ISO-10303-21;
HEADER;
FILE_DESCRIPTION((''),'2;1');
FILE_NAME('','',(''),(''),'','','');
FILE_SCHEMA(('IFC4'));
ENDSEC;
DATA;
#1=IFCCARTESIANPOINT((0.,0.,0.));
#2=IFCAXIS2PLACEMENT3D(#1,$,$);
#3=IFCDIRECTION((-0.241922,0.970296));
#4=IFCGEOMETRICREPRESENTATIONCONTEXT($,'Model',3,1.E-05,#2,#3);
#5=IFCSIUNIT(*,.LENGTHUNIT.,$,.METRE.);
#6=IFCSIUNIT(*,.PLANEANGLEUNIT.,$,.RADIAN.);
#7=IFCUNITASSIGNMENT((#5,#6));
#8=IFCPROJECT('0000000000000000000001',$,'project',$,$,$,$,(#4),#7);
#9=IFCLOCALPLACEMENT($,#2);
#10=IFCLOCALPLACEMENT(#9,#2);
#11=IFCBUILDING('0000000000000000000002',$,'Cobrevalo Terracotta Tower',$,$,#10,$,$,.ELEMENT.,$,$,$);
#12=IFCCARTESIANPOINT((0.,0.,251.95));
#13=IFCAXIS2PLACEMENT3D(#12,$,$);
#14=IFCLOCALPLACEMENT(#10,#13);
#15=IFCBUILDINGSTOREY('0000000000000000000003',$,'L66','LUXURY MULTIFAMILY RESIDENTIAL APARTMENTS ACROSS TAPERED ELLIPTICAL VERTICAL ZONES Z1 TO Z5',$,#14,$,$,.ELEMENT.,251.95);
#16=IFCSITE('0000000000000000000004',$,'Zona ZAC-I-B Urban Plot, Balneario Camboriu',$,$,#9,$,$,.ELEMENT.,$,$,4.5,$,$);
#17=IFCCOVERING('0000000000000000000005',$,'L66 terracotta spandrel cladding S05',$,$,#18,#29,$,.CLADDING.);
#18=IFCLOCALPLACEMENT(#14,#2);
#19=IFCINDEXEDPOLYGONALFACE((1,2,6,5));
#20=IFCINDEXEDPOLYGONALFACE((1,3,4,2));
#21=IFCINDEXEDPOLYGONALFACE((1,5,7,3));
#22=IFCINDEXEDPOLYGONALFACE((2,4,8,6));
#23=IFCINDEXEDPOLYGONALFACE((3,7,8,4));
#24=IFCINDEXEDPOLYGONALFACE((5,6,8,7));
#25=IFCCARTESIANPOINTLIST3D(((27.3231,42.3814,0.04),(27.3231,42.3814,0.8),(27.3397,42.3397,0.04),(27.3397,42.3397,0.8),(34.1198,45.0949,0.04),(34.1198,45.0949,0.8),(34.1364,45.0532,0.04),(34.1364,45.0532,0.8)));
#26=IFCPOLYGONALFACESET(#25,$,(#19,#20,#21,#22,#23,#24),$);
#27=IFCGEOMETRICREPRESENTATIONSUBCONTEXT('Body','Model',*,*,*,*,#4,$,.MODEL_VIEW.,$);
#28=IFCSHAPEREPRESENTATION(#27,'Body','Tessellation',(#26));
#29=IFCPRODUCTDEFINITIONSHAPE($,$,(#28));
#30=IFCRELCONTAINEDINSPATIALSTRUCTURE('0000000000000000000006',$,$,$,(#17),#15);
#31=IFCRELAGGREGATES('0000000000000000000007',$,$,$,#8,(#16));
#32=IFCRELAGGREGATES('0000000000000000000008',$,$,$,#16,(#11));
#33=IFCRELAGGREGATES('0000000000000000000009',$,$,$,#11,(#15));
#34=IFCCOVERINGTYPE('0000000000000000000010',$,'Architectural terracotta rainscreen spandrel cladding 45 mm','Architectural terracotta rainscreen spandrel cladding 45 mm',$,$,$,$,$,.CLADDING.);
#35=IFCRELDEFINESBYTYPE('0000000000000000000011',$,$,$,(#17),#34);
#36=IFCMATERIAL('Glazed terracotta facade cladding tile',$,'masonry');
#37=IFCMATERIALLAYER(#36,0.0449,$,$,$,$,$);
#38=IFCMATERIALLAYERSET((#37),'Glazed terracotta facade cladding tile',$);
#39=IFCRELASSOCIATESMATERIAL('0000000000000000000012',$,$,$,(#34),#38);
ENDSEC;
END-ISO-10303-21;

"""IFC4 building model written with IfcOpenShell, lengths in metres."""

from ifc_helpers import new_model, si_unit, direction, frame, origin, origin_2d, place, context, subcontext, project, spatial, rectangle, extrude, source, transform, mapped, material, layer, layer_set, type_object, element, save


model = new_model("IFC4")

# Units and contexts
model_context = context("Model", 3, precision=1e-05, world=origin(), true_north=direction((-0.241922, 0.970296)))
body_context = subcontext(model_context, "Body", "Model", "MODEL_VIEW")
ifc_project = project(units=[si_unit("LENGTHUNIT", "METRE"), si_unit("PLANEANGLEUNIT", "RADIAN")], contexts=[model_context])

# Site, building, storey
site_placement = place(None, origin())
site = spatial("IfcSite", under=ifc_project, at=site_placement, Name="Zona ZAC-I-B Urban Plot, Balneario Camboriu", CompositionType="ELEMENT", RefElevation=4.5)
building_placement = place(site_placement, origin())
building = spatial("IfcBuilding", under=site, at=building_placement, Name="Cobrevalo Terracotta Tower", CompositionType="ELEMENT")
storey_placement = place(building_placement, frame((0.0, 0.0, 251.95)))
storey = spatial("IfcBuildingStorey", under=building, at=storey_placement, Name="L66", Description="LUXURY MULTIFAMILY RESIDENTIAL APARTMENTS ACROSS TAPERED ELLIPTICAL VERTICAL ZONES Z1 TO Z5", CompositionType="ELEMENT", Elevation=251.95)

# Covering
ifc_material_1 = material(Name="Glazed terracotta facade cladding tile", Category="masonry")
ifc_layer_1 = layer(ifc_material_1, 0.0449)
ifc_layer_set_1 = layer_set([ifc_layer_1], Name="Glazed terracotta facade cladding tile")
covering_type = type_object("IfcCoveringType", Name="Architectural terracotta rainscreen spandrel cladding 45 mm", Description="Architectural terracotta rainscreen spandrel cladding 45 mm", PredefinedType="CLADDING", material=ifc_layer_set_1)
shared_shape_1 = source(origin(), body_context, "Body", "SweptSolid", [
    extrude(rectangle(XDim=7.3184, YDim=0.0449, at=origin_2d()), origin(), (0.0, 0.0, 1.0), 0.76),
])
covering_placement = place(storey_placement, frame((30.7297, 43.7173, 0.04), z_axis=(0.0, 0.0, 1.0), x_axis=(-0.928718, -0.370786, 0.0)))
element("IfcCovering", 1, at=covering_placement, inside=storey, type_object=covering_type, Name="L66 terracotta spandrel cladding S05", PredefinedType="CLADDING", context=body_context, shape_type="MappedRepresentation", body=[
    mapped(shared_shape_1, transform((0.0, 0.0, 0.0), scale=1.0)),
])

save(model, "model.ifc")
